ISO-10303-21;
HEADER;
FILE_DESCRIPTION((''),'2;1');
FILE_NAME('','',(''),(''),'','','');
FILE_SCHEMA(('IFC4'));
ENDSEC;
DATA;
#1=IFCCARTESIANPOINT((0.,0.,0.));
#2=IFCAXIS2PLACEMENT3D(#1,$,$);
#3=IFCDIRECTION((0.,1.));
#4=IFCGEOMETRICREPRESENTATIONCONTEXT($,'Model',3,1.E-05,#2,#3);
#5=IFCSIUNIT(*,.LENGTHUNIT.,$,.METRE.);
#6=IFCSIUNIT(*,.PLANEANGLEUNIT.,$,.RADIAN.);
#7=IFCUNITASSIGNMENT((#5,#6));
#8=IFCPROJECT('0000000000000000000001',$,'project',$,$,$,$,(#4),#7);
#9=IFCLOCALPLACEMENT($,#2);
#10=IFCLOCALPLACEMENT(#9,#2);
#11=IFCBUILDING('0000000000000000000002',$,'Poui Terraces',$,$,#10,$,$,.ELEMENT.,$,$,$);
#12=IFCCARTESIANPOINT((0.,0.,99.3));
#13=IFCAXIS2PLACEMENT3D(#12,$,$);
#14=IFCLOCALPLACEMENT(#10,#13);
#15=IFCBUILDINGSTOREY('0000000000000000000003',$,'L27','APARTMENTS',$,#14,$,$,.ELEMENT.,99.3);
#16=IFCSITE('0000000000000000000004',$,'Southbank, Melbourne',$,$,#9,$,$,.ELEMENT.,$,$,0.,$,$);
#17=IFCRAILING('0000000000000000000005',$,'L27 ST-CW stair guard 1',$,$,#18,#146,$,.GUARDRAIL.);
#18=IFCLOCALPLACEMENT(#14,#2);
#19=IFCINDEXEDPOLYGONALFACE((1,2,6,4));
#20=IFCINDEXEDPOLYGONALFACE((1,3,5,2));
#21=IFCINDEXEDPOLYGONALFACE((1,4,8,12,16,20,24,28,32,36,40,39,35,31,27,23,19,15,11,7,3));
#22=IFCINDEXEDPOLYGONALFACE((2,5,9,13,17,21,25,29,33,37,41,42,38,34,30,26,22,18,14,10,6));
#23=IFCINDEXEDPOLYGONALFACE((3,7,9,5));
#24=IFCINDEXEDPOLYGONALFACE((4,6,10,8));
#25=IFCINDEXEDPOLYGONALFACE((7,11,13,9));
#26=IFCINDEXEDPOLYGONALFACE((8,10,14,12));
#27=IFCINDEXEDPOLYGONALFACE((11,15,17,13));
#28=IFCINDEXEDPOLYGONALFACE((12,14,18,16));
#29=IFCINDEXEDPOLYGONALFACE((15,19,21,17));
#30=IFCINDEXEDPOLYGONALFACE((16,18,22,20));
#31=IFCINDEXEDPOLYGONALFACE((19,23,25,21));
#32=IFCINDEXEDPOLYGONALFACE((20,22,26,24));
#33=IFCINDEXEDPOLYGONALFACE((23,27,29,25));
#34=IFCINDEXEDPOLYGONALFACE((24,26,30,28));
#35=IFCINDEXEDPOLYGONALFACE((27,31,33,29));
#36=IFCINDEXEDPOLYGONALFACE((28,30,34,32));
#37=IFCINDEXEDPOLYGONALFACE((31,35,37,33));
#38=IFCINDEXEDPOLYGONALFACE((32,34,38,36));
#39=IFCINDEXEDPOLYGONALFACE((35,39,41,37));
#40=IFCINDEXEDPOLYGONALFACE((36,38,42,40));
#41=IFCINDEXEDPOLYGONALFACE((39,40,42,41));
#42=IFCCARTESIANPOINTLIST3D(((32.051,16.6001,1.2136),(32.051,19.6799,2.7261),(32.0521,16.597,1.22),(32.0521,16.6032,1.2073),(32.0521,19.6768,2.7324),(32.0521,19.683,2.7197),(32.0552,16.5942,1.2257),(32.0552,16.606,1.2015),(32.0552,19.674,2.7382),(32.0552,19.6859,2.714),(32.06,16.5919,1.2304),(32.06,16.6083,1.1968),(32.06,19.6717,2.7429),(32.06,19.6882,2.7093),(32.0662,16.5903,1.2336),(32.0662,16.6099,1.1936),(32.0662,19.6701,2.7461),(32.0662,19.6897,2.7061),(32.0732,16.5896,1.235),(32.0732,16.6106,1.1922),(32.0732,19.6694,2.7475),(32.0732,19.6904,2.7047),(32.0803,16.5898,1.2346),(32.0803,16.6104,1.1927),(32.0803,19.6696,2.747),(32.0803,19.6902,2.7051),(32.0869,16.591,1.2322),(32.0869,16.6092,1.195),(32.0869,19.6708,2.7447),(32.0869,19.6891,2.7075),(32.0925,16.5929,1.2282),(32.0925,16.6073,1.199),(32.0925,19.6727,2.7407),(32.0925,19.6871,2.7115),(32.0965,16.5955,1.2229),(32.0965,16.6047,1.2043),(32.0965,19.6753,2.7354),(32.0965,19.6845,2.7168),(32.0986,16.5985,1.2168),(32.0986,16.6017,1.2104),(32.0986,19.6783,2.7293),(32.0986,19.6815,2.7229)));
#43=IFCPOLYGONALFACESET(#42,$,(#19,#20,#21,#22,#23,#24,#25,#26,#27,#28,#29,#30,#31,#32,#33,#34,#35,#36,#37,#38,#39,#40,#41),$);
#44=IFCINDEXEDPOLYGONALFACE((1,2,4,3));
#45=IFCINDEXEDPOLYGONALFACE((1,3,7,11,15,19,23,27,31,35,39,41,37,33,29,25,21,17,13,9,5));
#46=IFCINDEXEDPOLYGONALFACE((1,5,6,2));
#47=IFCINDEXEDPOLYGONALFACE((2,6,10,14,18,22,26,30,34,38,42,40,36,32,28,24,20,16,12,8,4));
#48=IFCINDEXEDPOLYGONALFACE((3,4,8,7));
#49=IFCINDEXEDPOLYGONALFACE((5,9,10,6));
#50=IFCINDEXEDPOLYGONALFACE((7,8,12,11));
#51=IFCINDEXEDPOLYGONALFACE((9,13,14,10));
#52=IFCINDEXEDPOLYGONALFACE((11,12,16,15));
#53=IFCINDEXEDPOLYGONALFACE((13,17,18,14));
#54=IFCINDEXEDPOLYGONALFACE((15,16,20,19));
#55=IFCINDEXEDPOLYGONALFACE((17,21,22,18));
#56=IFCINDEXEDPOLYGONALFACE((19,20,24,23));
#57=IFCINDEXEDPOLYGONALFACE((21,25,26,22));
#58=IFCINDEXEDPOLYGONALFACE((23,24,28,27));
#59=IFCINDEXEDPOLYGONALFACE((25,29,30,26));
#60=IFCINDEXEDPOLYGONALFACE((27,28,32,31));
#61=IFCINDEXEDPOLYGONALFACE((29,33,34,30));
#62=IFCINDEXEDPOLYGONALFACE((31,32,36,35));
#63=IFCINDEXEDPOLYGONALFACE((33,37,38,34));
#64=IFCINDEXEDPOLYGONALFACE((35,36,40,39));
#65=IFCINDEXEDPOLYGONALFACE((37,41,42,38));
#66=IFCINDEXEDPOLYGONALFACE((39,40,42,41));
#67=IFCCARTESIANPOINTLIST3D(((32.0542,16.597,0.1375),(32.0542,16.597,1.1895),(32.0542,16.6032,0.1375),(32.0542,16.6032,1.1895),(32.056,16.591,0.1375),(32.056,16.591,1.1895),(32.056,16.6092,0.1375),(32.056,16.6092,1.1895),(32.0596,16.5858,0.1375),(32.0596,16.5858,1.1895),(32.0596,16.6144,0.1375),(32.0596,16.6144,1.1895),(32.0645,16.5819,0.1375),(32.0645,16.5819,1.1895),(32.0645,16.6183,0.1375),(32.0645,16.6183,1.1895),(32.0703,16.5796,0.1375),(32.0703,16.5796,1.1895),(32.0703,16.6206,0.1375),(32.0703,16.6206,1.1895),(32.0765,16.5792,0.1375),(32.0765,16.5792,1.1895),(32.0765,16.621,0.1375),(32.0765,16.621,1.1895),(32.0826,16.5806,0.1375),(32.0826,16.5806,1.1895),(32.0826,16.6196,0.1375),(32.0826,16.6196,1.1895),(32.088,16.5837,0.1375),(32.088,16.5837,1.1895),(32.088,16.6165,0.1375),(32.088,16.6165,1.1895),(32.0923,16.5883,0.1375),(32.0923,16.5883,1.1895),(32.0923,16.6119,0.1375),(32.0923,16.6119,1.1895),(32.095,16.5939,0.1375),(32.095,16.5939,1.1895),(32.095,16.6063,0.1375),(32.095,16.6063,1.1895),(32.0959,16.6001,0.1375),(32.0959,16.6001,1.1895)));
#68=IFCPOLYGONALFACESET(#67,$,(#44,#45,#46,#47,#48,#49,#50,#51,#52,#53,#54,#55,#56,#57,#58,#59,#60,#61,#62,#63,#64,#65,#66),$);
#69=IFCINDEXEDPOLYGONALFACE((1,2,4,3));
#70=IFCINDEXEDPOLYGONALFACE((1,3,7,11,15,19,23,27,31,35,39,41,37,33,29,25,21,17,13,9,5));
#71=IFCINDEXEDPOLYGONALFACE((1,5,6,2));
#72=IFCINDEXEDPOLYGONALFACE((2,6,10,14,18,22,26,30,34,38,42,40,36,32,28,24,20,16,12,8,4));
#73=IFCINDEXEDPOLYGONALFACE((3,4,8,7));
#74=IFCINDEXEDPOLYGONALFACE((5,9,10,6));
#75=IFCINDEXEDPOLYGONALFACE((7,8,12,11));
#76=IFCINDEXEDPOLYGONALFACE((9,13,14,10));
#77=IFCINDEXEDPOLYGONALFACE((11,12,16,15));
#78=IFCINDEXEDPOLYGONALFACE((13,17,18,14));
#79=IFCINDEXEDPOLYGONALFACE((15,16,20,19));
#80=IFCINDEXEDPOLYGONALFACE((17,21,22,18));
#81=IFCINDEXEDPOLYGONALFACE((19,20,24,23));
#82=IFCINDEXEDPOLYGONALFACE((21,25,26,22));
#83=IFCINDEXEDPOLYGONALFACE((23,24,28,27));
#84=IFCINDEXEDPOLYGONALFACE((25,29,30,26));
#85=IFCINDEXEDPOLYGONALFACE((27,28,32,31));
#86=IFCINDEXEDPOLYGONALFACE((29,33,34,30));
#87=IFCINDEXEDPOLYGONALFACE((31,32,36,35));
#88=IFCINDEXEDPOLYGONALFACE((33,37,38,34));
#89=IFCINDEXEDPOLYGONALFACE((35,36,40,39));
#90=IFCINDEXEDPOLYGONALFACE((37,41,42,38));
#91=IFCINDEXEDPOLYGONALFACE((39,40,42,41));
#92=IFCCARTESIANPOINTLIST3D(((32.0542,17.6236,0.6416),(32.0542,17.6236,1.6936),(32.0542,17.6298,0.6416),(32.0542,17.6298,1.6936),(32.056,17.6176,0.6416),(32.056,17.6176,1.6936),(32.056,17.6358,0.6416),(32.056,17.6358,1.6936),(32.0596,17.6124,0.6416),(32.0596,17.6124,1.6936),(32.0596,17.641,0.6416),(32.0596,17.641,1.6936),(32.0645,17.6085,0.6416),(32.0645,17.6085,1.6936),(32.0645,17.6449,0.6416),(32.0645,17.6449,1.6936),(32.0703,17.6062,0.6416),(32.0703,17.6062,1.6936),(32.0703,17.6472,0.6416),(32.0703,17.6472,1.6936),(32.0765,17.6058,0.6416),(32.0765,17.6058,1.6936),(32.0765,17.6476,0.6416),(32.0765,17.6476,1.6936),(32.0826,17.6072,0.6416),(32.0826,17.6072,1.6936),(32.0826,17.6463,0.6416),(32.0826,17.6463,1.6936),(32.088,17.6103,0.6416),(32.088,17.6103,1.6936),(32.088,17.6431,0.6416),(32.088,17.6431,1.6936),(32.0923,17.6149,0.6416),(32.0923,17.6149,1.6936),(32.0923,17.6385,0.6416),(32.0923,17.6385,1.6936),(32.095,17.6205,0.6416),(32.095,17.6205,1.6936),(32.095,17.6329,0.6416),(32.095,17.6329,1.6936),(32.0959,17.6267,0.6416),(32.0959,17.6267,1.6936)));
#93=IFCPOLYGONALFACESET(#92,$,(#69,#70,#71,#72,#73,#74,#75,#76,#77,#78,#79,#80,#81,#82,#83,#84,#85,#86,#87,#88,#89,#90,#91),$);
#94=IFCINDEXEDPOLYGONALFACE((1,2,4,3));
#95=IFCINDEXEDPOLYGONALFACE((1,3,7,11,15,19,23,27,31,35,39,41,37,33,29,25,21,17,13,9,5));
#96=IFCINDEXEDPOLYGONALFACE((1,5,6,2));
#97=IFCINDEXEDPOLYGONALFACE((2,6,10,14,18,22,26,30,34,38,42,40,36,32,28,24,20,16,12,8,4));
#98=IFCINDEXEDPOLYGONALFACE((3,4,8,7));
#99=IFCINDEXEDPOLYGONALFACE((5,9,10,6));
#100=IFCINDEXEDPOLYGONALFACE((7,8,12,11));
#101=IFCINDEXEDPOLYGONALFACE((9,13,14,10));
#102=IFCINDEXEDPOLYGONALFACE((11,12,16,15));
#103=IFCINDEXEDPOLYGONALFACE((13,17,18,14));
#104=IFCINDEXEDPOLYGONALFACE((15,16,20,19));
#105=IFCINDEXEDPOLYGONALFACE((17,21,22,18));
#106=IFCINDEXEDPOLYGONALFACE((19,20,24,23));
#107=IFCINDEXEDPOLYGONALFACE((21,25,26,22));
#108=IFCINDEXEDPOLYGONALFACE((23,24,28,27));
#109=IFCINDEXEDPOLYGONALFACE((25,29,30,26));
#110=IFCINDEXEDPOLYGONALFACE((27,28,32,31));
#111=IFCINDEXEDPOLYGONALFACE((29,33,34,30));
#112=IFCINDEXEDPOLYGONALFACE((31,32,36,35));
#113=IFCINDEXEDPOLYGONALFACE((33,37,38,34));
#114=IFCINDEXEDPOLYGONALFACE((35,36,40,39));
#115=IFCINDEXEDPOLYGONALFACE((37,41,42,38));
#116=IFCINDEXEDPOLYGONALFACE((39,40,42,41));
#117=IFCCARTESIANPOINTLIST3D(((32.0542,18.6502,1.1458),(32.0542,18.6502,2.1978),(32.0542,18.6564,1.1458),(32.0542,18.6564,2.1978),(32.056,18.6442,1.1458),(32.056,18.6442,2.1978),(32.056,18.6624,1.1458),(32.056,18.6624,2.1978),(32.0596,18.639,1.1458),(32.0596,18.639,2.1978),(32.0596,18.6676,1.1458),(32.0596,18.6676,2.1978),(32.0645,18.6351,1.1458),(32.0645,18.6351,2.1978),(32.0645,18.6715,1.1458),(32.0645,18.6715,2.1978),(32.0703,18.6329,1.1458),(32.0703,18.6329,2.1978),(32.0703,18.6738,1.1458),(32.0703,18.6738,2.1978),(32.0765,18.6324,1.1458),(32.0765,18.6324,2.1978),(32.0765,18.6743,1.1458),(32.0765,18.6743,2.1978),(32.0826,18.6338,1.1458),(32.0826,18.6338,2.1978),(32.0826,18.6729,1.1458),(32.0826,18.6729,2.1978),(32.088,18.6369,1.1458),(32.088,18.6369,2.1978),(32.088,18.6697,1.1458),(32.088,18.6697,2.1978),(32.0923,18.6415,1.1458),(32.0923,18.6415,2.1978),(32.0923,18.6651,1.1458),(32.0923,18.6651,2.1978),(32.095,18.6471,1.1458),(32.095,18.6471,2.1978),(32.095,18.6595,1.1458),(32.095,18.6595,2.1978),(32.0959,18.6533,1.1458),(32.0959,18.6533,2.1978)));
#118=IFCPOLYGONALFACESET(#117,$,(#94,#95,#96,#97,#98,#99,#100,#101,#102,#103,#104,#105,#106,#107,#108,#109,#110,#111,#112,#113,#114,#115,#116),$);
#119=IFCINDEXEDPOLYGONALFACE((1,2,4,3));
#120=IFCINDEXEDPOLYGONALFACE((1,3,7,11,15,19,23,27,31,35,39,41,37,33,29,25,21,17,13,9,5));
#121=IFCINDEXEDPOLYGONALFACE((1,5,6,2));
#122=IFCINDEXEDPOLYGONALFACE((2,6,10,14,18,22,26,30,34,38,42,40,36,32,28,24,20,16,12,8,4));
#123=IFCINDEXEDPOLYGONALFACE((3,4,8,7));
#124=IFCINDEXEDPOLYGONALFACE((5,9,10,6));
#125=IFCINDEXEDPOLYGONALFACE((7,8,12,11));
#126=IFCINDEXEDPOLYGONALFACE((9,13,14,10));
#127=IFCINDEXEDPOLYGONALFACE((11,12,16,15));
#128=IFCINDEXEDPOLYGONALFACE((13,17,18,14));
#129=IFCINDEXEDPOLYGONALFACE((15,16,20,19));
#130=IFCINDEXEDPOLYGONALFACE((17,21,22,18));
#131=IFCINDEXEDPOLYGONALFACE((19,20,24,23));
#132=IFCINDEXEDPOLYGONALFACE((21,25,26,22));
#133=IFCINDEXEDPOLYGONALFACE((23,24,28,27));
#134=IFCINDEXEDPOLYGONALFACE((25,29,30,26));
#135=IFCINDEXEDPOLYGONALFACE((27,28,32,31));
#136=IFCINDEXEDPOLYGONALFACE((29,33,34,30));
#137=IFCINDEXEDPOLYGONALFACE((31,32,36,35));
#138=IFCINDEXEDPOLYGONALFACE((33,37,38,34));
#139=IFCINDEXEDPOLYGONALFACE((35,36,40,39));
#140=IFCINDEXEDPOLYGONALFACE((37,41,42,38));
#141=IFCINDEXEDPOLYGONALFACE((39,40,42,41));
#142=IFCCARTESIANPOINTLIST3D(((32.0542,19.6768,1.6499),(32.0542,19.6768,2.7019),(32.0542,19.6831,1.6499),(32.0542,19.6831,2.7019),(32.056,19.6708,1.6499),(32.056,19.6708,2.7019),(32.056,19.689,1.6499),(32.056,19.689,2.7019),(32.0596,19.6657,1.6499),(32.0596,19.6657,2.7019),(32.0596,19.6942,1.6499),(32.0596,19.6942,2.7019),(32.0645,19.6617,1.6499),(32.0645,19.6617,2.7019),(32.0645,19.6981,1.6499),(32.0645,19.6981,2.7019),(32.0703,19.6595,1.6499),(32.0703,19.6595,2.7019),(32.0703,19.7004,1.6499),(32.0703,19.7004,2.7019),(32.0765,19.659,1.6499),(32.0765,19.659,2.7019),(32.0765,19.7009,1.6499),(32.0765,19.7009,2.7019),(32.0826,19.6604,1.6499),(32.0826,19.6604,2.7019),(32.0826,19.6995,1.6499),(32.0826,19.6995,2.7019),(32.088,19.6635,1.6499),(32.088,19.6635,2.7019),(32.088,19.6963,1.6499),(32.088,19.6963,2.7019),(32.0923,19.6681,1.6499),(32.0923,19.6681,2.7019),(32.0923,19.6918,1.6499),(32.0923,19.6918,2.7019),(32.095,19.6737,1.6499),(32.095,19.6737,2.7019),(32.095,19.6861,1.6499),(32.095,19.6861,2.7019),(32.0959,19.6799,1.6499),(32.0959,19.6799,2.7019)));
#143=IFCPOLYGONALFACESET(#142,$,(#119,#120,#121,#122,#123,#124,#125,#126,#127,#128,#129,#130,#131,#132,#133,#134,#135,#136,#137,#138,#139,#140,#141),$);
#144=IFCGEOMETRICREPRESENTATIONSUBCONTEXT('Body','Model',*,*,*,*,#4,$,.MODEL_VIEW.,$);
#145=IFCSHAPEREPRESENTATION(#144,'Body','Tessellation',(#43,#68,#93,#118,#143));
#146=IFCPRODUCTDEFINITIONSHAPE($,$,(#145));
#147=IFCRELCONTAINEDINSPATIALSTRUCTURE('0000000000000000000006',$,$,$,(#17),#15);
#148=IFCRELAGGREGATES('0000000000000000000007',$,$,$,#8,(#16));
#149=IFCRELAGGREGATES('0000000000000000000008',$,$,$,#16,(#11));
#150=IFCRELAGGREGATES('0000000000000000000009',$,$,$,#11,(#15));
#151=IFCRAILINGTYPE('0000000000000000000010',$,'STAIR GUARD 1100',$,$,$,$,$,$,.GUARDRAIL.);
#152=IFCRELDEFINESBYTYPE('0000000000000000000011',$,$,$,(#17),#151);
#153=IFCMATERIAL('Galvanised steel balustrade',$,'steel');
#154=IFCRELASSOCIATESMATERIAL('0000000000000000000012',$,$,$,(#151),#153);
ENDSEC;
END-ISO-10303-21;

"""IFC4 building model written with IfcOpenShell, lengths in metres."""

from ifc_helpers import new_model, si_unit, direction, frame, origin, origin_2d, place, context, subcontext, project, spatial, circle, extrude, material, type_object, element, save


model = new_model("IFC4")

# Units and contexts
model_context = context("Model", 3, precision=1e-05, world=origin(), true_north=direction((0.0, 1.0)))
body_context = subcontext(model_context, "Body", "Model", "MODEL_VIEW")
ifc_project = project(units=[si_unit("LENGTHUNIT", "METRE"), si_unit("PLANEANGLEUNIT", "RADIAN")], contexts=[model_context])

# Site, building, storey
site_placement = place(None, origin())
site = spatial("IfcSite", under=ifc_project, at=site_placement, Name="Southbank, Melbourne", CompositionType="ELEMENT", RefElevation=0.0)
building_placement = place(site_placement, origin())
building = spatial("IfcBuilding", under=site, at=building_placement, Name="Poui Terraces", CompositionType="ELEMENT")
storey_placement = place(building_placement, frame((0.0, 0.0, 99.3)))
storey = spatial("IfcBuildingStorey", under=building, at=storey_placement, Name="L27", Description="APARTMENTS", CompositionType="ELEMENT", Elevation=99.3)

# Railing
ifc_material_1 = material(Name="Galvanised steel balustrade", Category="steel")
railing_type_1 = type_object("IfcRailingType", Name="STAIR GUARD 1100", PredefinedType="GUARDRAIL", material=ifc_material_1)
railing_1_placement = place(storey_placement, frame((32.075, 16.6001, 0.1375)))
element("IfcRailing", 1, at=railing_1_placement, inside=storey, type_object=railing_type_1, Name="L27 ST-CW stair guard 1", PredefinedType="GUARDRAIL", context=body_context, shape_type="SweptSolid", body=[
    extrude(circle(Radius=0.0239, at=origin_2d()), frame((0.0, 0.0, 1.0762), z_axis=(0.0, 0.897606, 0.440798), x_axis=(-1.0, 0.0, 0.0)), (0.0, 0.0, 1.0), 3.4312),
    extrude(circle(Radius=0.021, at=origin_2d()), origin(), (0.0, 0.0, 1.0), 1.052),
    extrude(circle(Radius=0.021, at=origin_2d()), frame((0.0, 1.0266, 0.5042)), (0.0, 0.0, 1.0), 1.052),
    extrude(circle(Radius=0.021, at=origin_2d()), frame((0.0, 2.0532, 1.0083)), (0.0, 0.0, 1.0), 1.052),
    extrude(circle(Radius=0.021, at=origin_2d()), frame((0.0, 3.0798, 1.5125)), (0.0, 0.0, 1.0), 1.052),
])

save(model, "model.ifc")
